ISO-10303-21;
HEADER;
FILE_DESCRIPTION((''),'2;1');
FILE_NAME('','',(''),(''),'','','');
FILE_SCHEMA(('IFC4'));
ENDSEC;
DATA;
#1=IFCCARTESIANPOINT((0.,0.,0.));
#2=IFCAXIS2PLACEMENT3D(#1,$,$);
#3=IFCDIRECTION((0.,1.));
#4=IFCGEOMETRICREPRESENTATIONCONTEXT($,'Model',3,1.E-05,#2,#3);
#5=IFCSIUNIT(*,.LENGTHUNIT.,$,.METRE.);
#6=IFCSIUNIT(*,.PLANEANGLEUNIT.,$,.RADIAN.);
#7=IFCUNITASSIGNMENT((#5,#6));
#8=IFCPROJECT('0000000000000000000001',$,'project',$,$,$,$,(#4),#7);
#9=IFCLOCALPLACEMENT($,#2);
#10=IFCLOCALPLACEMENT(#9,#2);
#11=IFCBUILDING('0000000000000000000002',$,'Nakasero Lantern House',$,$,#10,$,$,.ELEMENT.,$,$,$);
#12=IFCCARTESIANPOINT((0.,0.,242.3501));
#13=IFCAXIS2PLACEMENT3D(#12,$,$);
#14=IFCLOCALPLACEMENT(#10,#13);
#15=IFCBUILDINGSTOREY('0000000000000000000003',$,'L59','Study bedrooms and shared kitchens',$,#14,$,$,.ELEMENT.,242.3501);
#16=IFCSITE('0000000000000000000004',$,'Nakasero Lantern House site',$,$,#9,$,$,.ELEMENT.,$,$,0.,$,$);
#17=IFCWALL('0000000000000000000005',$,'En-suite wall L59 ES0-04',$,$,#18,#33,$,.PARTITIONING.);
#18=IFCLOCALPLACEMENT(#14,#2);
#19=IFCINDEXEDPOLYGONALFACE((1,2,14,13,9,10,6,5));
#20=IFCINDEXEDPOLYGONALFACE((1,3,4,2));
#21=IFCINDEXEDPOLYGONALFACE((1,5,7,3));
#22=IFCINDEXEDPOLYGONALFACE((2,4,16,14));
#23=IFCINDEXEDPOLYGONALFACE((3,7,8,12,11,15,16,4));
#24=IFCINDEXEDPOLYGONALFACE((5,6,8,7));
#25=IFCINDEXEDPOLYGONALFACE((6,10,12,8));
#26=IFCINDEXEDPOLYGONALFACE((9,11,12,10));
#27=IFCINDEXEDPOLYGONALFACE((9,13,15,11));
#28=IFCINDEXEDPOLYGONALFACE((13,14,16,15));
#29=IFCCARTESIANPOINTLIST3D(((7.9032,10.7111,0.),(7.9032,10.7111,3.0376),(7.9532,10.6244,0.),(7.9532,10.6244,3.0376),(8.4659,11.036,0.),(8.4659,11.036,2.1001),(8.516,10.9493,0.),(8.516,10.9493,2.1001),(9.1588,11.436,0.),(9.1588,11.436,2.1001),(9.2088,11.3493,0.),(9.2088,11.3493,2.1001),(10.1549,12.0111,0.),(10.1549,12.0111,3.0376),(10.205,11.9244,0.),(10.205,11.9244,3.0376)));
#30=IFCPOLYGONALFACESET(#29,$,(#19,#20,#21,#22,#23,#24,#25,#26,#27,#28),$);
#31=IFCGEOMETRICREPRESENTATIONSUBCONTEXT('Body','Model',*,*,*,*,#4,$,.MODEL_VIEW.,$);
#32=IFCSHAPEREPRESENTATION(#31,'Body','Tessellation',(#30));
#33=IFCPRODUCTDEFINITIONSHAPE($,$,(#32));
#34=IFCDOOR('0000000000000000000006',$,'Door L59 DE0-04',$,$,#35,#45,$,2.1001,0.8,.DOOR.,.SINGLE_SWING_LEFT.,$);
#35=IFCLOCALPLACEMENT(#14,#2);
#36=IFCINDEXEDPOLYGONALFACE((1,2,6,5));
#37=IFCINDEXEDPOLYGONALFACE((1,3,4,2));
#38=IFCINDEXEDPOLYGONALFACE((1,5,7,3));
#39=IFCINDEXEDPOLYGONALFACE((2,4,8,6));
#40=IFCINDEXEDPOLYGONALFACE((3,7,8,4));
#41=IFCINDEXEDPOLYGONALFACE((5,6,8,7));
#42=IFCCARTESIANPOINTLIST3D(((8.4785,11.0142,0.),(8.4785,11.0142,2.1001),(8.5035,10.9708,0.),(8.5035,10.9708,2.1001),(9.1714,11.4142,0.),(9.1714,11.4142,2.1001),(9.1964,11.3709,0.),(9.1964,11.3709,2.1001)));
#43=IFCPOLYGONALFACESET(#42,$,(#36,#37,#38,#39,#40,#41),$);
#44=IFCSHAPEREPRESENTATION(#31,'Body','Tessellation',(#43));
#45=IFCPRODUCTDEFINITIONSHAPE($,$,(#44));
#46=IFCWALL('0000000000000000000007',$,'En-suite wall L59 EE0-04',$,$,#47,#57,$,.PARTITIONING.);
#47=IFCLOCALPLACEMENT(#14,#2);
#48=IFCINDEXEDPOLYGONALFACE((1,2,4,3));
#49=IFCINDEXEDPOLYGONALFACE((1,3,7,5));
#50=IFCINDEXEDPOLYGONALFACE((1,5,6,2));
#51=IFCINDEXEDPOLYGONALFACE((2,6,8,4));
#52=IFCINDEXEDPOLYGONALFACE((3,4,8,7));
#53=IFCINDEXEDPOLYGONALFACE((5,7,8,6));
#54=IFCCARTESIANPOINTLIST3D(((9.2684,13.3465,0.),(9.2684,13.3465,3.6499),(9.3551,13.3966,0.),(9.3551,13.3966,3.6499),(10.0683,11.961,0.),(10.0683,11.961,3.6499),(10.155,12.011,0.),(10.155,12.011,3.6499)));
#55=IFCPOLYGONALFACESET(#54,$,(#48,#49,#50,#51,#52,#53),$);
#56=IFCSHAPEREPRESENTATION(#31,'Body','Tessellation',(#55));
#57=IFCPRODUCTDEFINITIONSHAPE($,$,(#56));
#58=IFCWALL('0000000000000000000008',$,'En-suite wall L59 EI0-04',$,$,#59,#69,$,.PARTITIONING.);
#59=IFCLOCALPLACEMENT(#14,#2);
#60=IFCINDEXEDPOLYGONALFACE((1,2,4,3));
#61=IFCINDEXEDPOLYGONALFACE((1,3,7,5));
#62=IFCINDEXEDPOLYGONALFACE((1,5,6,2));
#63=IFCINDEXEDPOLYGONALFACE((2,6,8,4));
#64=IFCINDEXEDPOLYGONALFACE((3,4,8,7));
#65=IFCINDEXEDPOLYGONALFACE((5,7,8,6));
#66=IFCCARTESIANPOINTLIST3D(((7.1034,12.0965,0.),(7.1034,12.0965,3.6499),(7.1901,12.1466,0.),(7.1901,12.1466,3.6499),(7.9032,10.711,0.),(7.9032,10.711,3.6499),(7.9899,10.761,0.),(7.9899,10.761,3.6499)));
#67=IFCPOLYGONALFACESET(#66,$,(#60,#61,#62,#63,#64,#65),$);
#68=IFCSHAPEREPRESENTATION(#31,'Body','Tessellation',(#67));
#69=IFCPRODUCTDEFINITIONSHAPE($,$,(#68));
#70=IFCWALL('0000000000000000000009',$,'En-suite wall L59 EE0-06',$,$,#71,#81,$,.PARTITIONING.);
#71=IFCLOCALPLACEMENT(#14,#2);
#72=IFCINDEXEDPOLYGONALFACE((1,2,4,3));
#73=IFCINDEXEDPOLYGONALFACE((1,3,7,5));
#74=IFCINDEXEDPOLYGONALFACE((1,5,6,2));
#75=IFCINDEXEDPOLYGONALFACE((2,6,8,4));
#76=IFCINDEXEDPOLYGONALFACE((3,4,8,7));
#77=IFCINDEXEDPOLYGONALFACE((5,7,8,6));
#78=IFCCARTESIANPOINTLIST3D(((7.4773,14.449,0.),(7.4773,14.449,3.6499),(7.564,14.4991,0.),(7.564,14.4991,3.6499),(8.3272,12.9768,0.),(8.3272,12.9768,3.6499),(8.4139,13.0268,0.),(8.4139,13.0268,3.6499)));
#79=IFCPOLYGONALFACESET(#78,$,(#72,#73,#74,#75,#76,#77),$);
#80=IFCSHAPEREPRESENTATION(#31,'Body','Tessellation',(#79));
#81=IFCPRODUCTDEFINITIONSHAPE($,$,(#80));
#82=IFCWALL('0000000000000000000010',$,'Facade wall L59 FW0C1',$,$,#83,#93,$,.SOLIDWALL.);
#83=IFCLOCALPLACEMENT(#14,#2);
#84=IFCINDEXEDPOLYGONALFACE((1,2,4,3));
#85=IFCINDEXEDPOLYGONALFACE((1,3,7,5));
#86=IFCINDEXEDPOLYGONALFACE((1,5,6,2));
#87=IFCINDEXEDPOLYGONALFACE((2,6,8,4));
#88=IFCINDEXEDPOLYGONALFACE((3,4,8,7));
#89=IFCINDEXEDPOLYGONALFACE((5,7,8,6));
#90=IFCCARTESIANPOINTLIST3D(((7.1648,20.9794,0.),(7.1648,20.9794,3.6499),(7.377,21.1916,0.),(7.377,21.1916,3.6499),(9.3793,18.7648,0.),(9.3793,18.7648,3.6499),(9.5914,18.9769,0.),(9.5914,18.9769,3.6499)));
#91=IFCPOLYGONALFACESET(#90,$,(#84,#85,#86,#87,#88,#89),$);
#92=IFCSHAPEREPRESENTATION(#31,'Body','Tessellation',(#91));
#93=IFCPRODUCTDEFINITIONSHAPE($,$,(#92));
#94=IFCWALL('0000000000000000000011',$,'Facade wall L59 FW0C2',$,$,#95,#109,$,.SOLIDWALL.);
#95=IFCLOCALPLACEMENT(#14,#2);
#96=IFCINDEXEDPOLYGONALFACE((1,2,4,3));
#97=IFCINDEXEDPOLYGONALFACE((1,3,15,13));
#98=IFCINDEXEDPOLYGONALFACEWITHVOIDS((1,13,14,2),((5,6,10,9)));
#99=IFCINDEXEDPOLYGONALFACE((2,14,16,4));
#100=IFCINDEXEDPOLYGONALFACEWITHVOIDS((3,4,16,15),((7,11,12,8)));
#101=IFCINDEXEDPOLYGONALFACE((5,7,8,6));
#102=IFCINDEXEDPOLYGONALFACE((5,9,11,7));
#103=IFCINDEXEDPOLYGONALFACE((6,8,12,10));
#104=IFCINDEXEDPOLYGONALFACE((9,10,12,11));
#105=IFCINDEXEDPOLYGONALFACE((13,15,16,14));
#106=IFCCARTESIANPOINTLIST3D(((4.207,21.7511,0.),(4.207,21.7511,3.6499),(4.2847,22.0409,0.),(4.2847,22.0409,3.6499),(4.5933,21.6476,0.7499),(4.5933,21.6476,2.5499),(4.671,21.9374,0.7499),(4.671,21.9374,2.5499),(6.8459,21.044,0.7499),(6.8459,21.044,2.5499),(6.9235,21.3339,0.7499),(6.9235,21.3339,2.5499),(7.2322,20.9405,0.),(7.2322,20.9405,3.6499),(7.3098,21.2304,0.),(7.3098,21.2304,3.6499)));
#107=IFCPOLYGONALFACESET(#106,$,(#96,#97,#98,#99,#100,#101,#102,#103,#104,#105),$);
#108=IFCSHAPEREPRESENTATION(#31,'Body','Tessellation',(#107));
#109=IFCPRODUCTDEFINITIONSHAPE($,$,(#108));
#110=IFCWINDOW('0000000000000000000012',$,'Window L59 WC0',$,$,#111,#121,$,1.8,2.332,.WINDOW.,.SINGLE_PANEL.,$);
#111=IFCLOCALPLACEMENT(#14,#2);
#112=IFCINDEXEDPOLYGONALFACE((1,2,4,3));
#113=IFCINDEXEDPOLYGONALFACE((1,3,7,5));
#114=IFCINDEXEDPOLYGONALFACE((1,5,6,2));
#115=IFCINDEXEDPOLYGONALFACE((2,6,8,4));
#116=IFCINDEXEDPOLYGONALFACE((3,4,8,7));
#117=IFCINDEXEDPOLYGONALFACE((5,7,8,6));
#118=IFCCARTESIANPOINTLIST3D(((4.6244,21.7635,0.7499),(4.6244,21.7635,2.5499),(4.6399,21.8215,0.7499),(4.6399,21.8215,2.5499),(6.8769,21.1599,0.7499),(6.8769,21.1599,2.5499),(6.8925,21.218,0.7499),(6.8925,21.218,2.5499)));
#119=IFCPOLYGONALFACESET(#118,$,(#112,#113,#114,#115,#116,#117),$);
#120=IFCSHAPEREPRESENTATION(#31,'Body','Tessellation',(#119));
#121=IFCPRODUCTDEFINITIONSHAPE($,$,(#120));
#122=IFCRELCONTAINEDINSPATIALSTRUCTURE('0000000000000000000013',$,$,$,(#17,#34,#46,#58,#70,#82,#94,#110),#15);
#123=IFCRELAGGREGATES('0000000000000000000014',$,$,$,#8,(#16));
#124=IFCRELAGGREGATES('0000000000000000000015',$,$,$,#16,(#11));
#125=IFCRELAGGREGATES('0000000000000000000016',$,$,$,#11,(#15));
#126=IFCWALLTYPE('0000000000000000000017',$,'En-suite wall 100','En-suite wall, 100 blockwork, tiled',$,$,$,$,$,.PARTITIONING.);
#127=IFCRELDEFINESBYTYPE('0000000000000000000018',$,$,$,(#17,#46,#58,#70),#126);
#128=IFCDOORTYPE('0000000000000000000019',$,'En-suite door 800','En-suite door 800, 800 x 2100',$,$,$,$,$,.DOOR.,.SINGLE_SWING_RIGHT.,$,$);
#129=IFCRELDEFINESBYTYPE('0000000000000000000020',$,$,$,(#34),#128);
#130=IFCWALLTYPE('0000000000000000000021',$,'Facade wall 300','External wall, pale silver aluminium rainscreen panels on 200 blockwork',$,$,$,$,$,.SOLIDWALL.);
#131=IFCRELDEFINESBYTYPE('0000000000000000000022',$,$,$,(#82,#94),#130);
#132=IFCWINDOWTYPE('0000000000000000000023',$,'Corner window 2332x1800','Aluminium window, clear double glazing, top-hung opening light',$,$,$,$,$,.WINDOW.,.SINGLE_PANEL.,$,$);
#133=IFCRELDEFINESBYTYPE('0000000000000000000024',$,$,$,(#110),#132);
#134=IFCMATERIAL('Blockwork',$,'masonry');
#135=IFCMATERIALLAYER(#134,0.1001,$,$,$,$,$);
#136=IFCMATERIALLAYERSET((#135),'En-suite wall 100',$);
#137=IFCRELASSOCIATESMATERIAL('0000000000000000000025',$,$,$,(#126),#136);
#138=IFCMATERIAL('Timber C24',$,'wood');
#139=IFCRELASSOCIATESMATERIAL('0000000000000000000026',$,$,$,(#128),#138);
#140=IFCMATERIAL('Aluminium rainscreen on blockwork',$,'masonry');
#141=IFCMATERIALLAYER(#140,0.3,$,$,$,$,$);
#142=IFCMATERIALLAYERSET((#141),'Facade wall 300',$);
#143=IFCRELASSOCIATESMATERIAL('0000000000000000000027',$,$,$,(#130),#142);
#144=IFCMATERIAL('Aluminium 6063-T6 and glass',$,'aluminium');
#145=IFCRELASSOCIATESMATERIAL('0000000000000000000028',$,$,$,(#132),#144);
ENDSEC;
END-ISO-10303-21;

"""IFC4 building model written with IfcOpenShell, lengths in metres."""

from ifc_helpers import new_model, si_unit, direction, frame, frame_2d, origin, place, context, subcontext, project, spatial, rectangle, extrude, material, layer, layer_set, type_object, element, fill, save


model = new_model("IFC4")

# Units and contexts
model_context = context("Model", 3, precision=1e-05, world=origin(), true_north=direction((0.0, 1.0)))
body_context = subcontext(model_context, "Body", "Model", "MODEL_VIEW")
ifc_project = project(units=[si_unit("LENGTHUNIT", "METRE"), si_unit("PLANEANGLEUNIT", "RADIAN")], contexts=[model_context])

# Site, building, storey
site_placement = place(None, origin())
site = spatial("IfcSite", under=ifc_project, at=site_placement, Name="Nakasero Lantern House site", CompositionType="ELEMENT", RefElevation=0.0)
building_placement = place(site_placement, origin())
building = spatial("IfcBuilding", under=site, at=building_placement, Name="Nakasero Lantern House", CompositionType="ELEMENT")
storey_placement = place(building_placement, frame((0.0, 0.0, 242.3501)))
storey = spatial("IfcBuildingStorey", under=building, at=storey_placement, Name="L59", Description="Study bedrooms and shared kitchens", CompositionType="ELEMENT", Elevation=242.3501)

# Wall, opening, door
ifc_material_1 = material(Name="Blockwork", Category="masonry")
ifc_layer_1 = layer(ifc_material_1, 0.1001)
ifc_layer_set_1 = layer_set([ifc_layer_1], Name="En-suite wall 100")
wall_type_1 = type_object("IfcWallType", Name="En-suite wall 100", Description="En-suite wall, 100 blockwork, tiled", PredefinedType="PARTITIONING", material=ifc_layer_set_1)
wall_1_placement = place(storey_placement, frame((7.9282, 10.6677, 0.0), z_axis=(0.0, 0.0, 1.0), x_axis=(0.866021, 0.500007, 0.0)))
wall_1 = element("IfcWall", 1, at=wall_1_placement, inside=storey, type_object=wall_type_1, Name="En-suite wall L59 ES0-04", PredefinedType="PARTITIONING", context=body_context, shape_type="SweptSolid", body=[
    extrude(rectangle(XDim=2.6001, YDim=0.1001, at=frame_2d((1.3, 0.0))), origin(), (0.0, 0.0, 1.0), 3.0376),
])
opening_1_placement = place(wall_1_placement, frame((0.6499, 0.0, 0.0)))
opening_1 = element("IfcOpeningElement", 2, at=opening_1_placement, cuts=wall_1, PredefinedType="OPENING", context=body_context, shape_type="SweptSolid", body=[
    extrude(rectangle(XDim=0.8, YDim=2.1001, at=frame_2d((0.3999, 1.05))), frame((0.0, 0.0701, 0.0), z_axis=(0.0, -1.0, 0.0), x_axis=(1.0, 0.0, 0.0)), (0.0, 0.0, 1.0), 0.1401),
])
ifc_material_2 = material(Name="Timber C24", Category="wood")
door_type_1 = type_object("IfcDoorType", Name="En-suite door 800", Description="En-suite door 800, 800 x 2100", OperationType="SINGLE_SWING_RIGHT", PredefinedType="DOOR", material=ifc_material_2)
door_1_placement = place(opening_1_placement, origin())
door_1 = element("IfcDoor", 3, at=door_1_placement, inside=storey, type_object=door_type_1, Name="Door L59 DE0-04", OperationType="SINGLE_SWING_LEFT", OverallHeight=2.1001, OverallWidth=0.8, PredefinedType="DOOR", context=body_context, shape_type="SweptSolid", body=[
    extrude(rectangle(XDim=0.8, YDim=2.1001, at=frame_2d((0.3999, 1.05))), frame((0.0, 0.0249, 0.0), z_axis=(0.0, -1.0, 0.0), x_axis=(1.0, 0.0, 0.0)), (0.0, 0.0, 1.0), 0.05),
])
fill(opening_1, door_1)

# Walls
for number, where, z_axis, x_axis, name in (
    (4, (10.1116, 11.9861, 0.0), (0.0, 0.0, 1.0), (-0.499947, 0.866056, 0.0), "En-suite wall L59 EE0-04"),
    (5, (7.9465, 10.7361, 0.0), (0.0, 0.0, 1.0), (-0.499947, 0.866056, 0.0), "En-suite wall L59 EI0-04"),
):
    element("IfcWall", number, at=place(storey_placement, frame(where, z_axis=z_axis, x_axis=x_axis)), inside=storey, type_object=wall_type_1, Name=name, PredefinedType="PARTITIONING", context=body_context, shape_type="SweptSolid", body=[
        extrude(rectangle(XDim=1.5999, YDim=0.1001, at=frame_2d((0.7998, 0.0))), origin(), (0.0, 0.0, 1.0), 3.6499),
    ])
wall_2_placement = place(storey_placement, frame((8.3706, 13.0017, 0.0), z_axis=(0.0, 0.0, 1.0), x_axis=(-0.499955, 0.866052, 0.0)))
element("IfcWall", 6, at=wall_2_placement, inside=storey, type_object=wall_type_1, Name="En-suite wall L59 EE0-06", PredefinedType="PARTITIONING", context=body_context, shape_type="SweptSolid", body=[
    extrude(rectangle(XDim=1.7, YDim=0.1001, at=frame_2d((0.8501, 0.0))), origin(), (0.0, 0.0, 1.0), 3.6499),
])
ifc_material_3 = material(Name="Aluminium rainscreen on blockwork", Category="masonry")
ifc_layer_2 = layer(ifc_material_3, 0.3)
ifc_layer_set_2 = layer_set([ifc_layer_2], Name="Facade wall 300")
wall_type_2 = type_object("IfcWallType", Name="Facade wall 300", Description="External wall, pale silver aluminium rainscreen panels on 200 blockwork", PredefinedType="SOLIDWALL", material=ifc_layer_set_2)
wall_3_placement = place(storey_placement, frame((9.4854, 18.8708, 0.0), z_axis=(0.0, 0.0, 1.0), x_axis=(-0.707068, 0.707146, 0.0)))
element("IfcWall", 7, at=wall_3_placement, inside=storey, type_object=wall_type_2, Name="Facade wall L59 FW0C1", PredefinedType="SOLIDWALL", context=body_context, shape_type="SweptSolid", body=[
    extrude(rectangle(XDim=3.1318, YDim=0.3, at=frame_2d((1.5659, 0.0))), origin(), (0.0, 0.0, 1.0), 3.6499),
])

# Wall, opening, window
wall_4_placement = place(storey_placement, frame((7.271, 21.0854, 0.0), z_axis=(0.0, 0.0, 1.0), x_axis=(-0.965929, 0.258808, 0.0)))
wall_4 = element("IfcWall", 8, at=wall_4_placement, inside=storey, type_object=wall_type_2, Name="Facade wall L59 FW0C2", PredefinedType="SOLIDWALL", context=body_context, shape_type="SweptSolid", body=[
    extrude(rectangle(XDim=3.1318, YDim=0.3, at=frame_2d((1.5659, 0.0))), origin(), (0.0, 0.0, 1.0), 3.6499),
])
opening_2_placement = place(wall_4_placement, frame((0.3999, 0.0, 0.75)))
opening_2 = element("IfcOpeningElement", 9, at=opening_2_placement, cuts=wall_4, PredefinedType="OPENING", context=body_context, shape_type="SweptSolid", body=[
    extrude(rectangle(XDim=2.332, YDim=1.8, at=frame_2d((1.166, 0.8999))), frame((0.0, 0.1699, 0.0), z_axis=(0.0, -1.0, 0.0), x_axis=(1.0, 0.0, 0.0)), (0.0, 0.0, 1.0), 0.3401),
])
ifc_material_4 = material(Name="Aluminium 6063-T6 and glass", Category="aluminium")
window_type = type_object("IfcWindowType", Name="Corner window 2332x1800", Description="Aluminium window, clear double glazing, top-hung opening light", PartitioningType="SINGLE_PANEL", PredefinedType="WINDOW", material=ifc_material_4)
window_placement = place(opening_2_placement, origin())
window = element("IfcWindow", 10, at=window_placement, inside=storey, type_object=window_type, Name="Window L59 WC0", OverallHeight=1.8, OverallWidth=2.332, PartitioningType="SINGLE_PANEL", PredefinedType="WINDOW", context=body_context, shape_type="SweptSolid", body=[
    extrude(rectangle(XDim=2.332, YDim=1.8, at=frame_2d((1.166, 0.8999))), frame((0.0, 0.03, 0.0), z_axis=(0.0, -1.0, 0.0), x_axis=(1.0, 0.0, 0.0)), (0.0, 0.0, 1.0), 0.0601),
])
fill(opening_2, window)

save(model, "model.ifc")
